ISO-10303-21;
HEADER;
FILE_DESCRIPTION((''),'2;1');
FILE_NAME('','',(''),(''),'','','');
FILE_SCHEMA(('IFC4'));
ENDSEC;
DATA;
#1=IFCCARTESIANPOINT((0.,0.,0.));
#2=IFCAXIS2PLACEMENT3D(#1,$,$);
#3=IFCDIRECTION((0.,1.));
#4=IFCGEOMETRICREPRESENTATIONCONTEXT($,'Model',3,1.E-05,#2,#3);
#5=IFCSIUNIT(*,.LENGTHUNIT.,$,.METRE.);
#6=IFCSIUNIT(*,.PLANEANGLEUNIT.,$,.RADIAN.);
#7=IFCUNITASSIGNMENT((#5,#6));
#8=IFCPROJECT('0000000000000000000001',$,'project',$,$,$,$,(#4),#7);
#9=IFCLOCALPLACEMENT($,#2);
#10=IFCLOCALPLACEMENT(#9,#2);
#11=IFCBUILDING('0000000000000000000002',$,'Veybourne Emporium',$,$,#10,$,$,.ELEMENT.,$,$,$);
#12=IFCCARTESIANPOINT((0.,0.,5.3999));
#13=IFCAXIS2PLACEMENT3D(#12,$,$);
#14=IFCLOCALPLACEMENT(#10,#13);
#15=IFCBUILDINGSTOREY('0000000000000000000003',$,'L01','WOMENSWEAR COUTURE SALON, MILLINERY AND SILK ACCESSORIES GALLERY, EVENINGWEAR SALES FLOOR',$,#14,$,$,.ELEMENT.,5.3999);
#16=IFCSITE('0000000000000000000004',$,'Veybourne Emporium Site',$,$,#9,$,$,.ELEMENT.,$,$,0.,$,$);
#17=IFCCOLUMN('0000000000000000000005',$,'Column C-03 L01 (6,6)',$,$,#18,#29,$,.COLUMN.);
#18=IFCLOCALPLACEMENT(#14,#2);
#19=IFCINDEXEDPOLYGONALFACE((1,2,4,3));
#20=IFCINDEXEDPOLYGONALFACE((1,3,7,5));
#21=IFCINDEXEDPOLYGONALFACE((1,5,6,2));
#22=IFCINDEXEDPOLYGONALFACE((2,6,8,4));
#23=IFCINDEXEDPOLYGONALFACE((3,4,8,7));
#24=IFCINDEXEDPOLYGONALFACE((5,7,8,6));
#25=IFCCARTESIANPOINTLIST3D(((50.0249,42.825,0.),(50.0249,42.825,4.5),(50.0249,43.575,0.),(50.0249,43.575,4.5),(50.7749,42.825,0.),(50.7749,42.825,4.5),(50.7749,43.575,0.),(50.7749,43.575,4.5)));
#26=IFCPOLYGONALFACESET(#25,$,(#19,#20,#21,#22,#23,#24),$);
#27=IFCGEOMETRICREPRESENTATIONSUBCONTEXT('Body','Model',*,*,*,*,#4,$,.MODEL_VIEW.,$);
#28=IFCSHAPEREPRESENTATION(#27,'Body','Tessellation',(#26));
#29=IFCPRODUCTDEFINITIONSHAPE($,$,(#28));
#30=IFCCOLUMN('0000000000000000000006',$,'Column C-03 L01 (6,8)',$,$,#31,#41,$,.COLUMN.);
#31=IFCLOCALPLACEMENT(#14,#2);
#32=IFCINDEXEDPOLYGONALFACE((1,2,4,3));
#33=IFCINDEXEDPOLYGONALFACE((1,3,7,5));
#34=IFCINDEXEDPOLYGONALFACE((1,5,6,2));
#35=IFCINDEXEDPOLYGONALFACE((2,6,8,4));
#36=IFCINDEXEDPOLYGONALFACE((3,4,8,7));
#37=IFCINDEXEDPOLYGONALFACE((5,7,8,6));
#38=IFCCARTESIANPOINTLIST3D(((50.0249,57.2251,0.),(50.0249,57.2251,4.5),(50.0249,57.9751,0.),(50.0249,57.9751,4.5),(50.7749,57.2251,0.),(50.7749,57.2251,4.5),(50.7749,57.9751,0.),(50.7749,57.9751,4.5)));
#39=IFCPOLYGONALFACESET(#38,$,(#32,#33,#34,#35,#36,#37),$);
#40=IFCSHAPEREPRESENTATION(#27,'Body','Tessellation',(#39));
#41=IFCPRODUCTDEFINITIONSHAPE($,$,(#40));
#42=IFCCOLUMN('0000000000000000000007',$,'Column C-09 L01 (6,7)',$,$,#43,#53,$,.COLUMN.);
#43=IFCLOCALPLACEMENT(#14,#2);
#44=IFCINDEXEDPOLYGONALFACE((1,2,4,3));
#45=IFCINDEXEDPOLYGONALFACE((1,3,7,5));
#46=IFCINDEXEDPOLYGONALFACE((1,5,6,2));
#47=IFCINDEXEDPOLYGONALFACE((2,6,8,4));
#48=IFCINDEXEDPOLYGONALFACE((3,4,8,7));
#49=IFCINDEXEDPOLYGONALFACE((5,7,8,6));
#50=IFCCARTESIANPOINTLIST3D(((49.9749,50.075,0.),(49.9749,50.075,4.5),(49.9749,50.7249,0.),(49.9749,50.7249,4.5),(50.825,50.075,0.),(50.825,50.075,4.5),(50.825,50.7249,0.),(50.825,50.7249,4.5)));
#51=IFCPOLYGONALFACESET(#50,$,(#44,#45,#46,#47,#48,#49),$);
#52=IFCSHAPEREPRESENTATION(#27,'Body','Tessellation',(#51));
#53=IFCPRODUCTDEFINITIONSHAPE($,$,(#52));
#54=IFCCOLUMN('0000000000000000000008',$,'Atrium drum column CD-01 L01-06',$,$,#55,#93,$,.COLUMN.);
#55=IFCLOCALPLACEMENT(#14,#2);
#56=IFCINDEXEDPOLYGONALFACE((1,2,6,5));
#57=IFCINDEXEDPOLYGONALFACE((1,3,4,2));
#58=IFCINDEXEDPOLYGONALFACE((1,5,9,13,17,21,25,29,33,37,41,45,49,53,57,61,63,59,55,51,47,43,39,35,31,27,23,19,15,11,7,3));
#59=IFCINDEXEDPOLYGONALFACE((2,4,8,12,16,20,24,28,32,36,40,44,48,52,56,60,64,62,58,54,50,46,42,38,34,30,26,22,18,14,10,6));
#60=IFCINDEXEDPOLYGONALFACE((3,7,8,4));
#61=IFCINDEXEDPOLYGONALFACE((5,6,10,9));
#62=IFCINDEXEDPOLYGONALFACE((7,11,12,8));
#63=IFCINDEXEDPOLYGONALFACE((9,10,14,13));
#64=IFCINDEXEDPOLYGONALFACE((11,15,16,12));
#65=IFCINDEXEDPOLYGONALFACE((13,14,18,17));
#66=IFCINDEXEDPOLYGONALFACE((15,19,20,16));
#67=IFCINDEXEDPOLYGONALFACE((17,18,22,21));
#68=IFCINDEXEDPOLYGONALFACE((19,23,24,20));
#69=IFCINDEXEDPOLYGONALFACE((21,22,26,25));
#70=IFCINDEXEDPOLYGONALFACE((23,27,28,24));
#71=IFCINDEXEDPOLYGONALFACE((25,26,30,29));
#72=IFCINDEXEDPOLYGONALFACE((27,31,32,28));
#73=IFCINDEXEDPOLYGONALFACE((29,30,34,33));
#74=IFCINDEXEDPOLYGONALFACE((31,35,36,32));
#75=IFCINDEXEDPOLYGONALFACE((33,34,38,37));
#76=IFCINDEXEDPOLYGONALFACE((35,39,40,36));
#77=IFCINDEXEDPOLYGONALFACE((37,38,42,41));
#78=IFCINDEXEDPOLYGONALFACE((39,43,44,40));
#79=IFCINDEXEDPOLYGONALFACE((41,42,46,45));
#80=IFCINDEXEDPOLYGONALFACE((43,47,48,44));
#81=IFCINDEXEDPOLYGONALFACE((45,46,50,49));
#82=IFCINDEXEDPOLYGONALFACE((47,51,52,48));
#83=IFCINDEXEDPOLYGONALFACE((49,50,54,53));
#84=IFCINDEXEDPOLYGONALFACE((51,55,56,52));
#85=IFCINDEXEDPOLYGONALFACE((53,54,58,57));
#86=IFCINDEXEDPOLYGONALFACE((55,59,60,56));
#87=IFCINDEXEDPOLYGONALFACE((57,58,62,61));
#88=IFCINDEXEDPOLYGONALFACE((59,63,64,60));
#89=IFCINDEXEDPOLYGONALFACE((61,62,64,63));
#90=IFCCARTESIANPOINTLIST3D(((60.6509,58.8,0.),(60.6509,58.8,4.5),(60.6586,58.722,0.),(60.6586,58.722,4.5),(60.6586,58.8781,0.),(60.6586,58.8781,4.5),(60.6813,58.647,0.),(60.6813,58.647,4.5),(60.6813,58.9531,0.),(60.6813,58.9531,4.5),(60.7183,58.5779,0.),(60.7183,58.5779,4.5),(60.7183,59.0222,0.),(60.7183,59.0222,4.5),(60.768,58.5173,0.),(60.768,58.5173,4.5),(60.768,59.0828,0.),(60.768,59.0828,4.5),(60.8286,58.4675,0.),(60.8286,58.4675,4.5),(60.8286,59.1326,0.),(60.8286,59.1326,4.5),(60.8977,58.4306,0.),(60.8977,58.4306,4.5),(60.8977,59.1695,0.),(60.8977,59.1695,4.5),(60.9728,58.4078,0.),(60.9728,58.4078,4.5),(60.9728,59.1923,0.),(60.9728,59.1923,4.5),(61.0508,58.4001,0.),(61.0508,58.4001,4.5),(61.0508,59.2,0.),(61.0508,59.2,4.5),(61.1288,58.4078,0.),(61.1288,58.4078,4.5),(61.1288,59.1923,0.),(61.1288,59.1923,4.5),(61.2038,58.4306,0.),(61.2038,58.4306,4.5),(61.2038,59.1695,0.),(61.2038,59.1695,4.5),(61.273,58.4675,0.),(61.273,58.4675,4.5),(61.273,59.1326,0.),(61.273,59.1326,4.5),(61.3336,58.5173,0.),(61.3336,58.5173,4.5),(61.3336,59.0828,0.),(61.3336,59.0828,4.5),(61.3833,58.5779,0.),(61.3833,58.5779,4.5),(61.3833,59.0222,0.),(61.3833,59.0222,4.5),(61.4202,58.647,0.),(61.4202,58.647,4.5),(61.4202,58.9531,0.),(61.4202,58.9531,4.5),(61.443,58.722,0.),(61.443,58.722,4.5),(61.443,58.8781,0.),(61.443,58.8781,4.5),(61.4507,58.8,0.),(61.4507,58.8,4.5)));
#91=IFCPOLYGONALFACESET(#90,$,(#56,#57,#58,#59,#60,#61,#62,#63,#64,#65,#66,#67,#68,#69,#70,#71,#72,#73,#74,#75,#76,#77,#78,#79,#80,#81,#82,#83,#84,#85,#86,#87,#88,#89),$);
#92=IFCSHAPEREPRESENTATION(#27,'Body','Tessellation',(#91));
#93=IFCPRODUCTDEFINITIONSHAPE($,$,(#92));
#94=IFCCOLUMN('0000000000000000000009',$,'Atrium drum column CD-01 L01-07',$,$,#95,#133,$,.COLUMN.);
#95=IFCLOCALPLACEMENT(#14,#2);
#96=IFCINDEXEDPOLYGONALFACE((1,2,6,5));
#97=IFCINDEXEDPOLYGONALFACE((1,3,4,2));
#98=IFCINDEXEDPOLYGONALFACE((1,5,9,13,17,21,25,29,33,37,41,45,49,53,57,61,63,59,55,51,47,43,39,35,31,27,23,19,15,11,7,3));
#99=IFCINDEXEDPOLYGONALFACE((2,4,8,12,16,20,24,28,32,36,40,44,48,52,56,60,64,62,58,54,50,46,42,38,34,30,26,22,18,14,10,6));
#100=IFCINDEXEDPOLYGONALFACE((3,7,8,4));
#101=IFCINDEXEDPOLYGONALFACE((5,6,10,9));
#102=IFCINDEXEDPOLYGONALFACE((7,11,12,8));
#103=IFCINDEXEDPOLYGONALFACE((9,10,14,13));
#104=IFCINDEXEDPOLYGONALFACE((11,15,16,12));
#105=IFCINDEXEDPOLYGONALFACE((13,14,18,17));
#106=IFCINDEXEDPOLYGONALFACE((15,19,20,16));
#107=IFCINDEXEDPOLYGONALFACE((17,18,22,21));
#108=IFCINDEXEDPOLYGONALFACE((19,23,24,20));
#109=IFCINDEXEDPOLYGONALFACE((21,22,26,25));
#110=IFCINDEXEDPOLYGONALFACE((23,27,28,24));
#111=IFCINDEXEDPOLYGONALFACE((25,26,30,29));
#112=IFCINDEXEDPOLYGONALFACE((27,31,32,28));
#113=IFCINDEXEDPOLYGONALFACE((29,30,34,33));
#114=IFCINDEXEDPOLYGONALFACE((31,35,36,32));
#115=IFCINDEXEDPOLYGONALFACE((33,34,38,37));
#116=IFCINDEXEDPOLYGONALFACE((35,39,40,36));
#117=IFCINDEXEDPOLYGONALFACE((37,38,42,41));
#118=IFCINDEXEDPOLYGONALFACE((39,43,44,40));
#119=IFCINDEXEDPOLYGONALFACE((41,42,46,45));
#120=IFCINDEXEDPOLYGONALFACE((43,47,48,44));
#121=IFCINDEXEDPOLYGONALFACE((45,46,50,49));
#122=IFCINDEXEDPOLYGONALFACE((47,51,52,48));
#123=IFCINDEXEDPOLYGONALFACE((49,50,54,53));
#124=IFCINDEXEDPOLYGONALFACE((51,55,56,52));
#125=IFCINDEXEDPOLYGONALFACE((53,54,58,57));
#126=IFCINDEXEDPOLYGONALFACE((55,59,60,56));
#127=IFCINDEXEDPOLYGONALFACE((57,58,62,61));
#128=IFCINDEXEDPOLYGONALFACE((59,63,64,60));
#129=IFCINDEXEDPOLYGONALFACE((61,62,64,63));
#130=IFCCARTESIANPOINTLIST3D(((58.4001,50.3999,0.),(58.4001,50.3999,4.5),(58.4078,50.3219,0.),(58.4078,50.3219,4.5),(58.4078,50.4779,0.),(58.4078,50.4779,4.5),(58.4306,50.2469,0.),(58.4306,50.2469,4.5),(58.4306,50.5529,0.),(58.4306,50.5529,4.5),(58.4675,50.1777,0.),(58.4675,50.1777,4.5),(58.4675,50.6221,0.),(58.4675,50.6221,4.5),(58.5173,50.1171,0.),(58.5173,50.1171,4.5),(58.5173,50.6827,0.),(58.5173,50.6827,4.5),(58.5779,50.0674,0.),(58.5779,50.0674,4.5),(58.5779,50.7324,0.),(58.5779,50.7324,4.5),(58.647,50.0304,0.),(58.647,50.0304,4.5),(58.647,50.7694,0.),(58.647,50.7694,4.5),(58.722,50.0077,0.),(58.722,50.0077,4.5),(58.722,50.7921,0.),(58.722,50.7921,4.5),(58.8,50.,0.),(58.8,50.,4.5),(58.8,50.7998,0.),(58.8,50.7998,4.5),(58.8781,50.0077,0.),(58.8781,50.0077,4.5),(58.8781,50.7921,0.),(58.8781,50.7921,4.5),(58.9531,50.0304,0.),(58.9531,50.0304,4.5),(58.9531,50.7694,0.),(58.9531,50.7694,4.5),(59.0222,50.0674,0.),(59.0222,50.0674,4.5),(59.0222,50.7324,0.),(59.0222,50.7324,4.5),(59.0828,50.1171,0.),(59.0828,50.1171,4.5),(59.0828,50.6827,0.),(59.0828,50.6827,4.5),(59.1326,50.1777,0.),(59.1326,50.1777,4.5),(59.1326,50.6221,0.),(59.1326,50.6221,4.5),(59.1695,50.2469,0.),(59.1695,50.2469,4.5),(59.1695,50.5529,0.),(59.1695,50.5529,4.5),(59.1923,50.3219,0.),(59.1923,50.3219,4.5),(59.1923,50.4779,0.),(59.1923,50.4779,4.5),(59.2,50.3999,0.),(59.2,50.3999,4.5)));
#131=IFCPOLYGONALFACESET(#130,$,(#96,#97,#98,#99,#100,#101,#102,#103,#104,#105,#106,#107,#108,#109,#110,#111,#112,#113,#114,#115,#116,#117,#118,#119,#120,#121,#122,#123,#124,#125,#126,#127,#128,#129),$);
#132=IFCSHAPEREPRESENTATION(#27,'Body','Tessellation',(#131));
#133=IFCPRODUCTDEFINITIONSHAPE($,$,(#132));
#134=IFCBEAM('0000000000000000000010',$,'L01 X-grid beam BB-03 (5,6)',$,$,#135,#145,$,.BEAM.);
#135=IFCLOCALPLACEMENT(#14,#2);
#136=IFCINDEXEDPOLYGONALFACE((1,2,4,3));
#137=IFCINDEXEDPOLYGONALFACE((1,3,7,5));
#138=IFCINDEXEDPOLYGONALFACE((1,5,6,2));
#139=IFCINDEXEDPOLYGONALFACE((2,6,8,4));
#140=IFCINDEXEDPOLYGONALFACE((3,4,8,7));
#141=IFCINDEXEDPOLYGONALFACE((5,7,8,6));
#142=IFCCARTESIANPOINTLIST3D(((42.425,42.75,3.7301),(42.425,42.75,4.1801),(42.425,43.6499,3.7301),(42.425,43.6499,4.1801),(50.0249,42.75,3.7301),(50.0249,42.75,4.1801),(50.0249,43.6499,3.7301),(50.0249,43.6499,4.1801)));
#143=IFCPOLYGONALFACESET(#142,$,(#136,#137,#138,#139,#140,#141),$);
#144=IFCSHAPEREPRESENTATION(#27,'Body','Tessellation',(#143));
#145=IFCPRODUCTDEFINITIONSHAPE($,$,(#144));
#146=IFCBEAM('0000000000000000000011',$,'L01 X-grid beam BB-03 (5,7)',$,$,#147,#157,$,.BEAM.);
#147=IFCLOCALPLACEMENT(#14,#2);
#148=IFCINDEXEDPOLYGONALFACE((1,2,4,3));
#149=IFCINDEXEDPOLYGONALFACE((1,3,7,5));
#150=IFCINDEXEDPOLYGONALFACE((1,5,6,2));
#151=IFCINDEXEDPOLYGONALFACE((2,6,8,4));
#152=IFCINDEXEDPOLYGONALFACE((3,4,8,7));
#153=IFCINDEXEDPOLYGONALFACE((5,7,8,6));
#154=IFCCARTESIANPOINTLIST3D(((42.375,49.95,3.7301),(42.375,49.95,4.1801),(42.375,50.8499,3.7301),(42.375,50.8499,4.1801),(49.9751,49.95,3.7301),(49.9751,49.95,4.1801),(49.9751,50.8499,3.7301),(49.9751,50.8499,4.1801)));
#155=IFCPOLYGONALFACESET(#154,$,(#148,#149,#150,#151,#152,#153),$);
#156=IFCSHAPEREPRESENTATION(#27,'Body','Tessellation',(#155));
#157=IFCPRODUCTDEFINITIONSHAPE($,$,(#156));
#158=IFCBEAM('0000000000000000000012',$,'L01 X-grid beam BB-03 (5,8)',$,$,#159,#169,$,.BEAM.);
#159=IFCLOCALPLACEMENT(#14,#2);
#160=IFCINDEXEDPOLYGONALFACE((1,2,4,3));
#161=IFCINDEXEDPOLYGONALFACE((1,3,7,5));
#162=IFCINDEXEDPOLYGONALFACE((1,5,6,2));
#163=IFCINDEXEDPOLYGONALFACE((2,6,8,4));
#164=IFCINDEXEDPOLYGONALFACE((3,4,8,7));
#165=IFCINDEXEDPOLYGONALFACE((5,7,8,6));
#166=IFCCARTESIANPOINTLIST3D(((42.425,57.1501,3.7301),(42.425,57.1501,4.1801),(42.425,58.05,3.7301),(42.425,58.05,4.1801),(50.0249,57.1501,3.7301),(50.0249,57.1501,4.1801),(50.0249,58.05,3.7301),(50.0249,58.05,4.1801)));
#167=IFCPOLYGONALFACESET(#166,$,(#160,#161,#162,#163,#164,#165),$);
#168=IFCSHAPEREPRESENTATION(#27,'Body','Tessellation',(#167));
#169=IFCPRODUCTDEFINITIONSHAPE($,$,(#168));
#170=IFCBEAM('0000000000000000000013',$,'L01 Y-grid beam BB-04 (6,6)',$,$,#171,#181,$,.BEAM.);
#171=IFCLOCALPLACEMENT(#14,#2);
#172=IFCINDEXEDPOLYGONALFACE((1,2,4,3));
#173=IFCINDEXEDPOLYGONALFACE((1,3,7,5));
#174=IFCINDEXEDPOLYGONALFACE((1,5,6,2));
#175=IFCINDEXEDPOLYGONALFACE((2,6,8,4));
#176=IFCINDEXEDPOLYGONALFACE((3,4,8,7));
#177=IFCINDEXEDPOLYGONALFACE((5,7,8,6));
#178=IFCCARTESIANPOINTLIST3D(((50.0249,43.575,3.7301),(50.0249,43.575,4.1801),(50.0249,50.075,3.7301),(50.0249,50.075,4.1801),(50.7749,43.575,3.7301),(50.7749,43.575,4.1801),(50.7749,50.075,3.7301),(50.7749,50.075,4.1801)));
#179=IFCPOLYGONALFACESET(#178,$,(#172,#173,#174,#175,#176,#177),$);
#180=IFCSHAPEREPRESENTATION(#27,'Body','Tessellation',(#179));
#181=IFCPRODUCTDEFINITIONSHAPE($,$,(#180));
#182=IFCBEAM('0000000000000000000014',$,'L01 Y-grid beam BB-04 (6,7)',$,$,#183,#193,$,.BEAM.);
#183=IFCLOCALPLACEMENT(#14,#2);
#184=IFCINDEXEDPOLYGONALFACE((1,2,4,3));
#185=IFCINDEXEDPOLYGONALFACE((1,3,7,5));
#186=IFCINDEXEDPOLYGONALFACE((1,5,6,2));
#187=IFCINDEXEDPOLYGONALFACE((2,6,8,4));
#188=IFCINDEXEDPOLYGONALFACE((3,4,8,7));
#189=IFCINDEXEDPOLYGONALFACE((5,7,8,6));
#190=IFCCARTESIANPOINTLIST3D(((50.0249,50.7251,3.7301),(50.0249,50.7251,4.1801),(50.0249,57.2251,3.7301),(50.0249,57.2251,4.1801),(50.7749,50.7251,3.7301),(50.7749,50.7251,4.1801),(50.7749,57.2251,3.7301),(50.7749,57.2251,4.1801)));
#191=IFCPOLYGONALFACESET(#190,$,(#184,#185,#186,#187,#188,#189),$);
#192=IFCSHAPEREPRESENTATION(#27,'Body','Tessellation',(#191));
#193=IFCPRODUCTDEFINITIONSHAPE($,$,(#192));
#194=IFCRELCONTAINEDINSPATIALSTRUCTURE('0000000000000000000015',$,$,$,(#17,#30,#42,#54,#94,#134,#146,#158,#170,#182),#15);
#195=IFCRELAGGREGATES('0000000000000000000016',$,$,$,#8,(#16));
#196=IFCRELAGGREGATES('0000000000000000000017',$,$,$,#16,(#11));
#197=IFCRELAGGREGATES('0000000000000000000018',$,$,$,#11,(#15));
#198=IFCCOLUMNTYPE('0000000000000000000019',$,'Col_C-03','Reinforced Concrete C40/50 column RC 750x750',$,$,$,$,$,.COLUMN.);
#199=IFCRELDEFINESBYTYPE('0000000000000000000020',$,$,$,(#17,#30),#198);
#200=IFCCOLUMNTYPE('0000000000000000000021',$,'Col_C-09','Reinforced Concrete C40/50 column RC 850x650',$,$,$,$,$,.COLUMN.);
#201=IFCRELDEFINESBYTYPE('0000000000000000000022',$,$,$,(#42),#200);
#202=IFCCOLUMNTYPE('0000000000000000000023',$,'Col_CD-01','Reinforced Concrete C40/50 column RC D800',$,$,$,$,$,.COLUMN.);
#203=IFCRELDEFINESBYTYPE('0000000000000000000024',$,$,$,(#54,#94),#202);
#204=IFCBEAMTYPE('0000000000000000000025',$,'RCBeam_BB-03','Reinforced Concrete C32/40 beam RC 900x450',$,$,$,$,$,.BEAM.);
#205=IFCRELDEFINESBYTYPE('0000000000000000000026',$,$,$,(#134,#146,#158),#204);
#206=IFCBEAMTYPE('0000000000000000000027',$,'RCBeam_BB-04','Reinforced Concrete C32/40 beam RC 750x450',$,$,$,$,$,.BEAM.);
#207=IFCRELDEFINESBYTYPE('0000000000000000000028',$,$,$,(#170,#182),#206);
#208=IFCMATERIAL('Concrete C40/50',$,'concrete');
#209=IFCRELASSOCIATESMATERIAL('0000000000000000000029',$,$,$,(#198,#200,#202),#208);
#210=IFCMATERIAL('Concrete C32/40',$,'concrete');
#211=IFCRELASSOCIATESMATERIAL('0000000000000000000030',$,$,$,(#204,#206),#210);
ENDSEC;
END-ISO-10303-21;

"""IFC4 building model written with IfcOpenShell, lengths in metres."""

from ifc_helpers import new_model, si_unit, direction, frame, origin, origin_2d, place, context, subcontext, project, spatial, rectangle, circle, extrude, material, material_profile, profile_set, type_object, element, save


model = new_model("IFC4")

# Units and contexts
model_context = context("Model", 3, precision=1e-05, world=origin(), true_north=direction((0.0, 1.0)))
body_context = subcontext(model_context, "Body", "Model", "MODEL_VIEW")
ifc_project = project(units=[si_unit("LENGTHUNIT", "METRE"), si_unit("PLANEANGLEUNIT", "RADIAN")], contexts=[model_context])

# Site, building, storey
site_placement = place(None, origin())
site = spatial("IfcSite", under=ifc_project, at=site_placement, Name="Veybourne Emporium Site", CompositionType="ELEMENT", RefElevation=0.0)
building_placement = place(site_placement, origin())
building = spatial("IfcBuilding", under=site, at=building_placement, Name="Veybourne Emporium", CompositionType="ELEMENT")
storey_placement = place(building_placement, frame((0.0, 0.0, 5.3999)))
storey = spatial("IfcBuildingStorey", under=building, at=storey_placement, Name="L01", Description="WOMENSWEAR COUTURE SALON, MILLINERY AND SILK ACCESSORIES GALLERY, EVENINGWEAR SALES FLOOR", CompositionType="ELEMENT", Elevation=5.3999)

# Columns
ifc_material_1 = material(Name="Concrete C40/50", Category="concrete")
ifc_material_profile_1 = material_profile(ifc_material_1, rectangle(XDim=0.75, YDim=0.75, at=origin_2d()), Name="RC 750x750")
ifc_profile_set_1 = profile_set([ifc_material_profile_1], Name="Concrete C40/50")
column_type_1 = type_object("IfcColumnType", Name="Col_C-03", Description="Reinforced Concrete C40/50 column RC 750x750", PredefinedType="COLUMN", material=ifc_profile_set_1)
for number, where, z_axis, x_axis, name in (
    (1, (50.3999, 43.2, 0.0), (0.0, 0.0, 1.0), (1.0, 0.0, 0.0), "Column C-03 L01 (6,6)"),
    (2, (50.3999, 57.6001, 0.0), (0.0, 0.0, 1.0), (1.0, 0.0, 0.0), "Column C-03 L01 (6,8)"),
):
    element("IfcColumn", number, at=place(storey_placement, frame(where, z_axis=z_axis, x_axis=x_axis)), inside=storey, type_object=column_type_1, Name=name, PredefinedType="COLUMN", context=body_context, shape_type="SweptSolid", body=[
        extrude(rectangle(XDim=0.75, YDim=0.75, at=origin_2d()), origin(), (0.0, 0.0, 1.0), 4.5),
    ])
ifc_material_profile_2 = material_profile(ifc_material_1, rectangle(XDim=0.8501, YDim=0.6499, at=origin_2d()), Name="RC 850x650")
ifc_profile_set_2 = profile_set([ifc_material_profile_2], Name="Concrete C40/50")
column_type_2 = type_object("IfcColumnType", Name="Col_C-09", Description="Reinforced Concrete C40/50 column RC 850x650", PredefinedType="COLUMN", material=ifc_profile_set_2)
column_placement = place(storey_placement, frame((50.3999, 50.3999, 0.0), z_axis=(0.0, 0.0, 1.0), x_axis=(1.0, 0.0, 0.0)))
element("IfcColumn", 3, at=column_placement, inside=storey, type_object=column_type_2, Name="Column C-09 L01 (6,7)", PredefinedType="COLUMN", context=body_context, shape_type="SweptSolid", body=[
    extrude(rectangle(XDim=0.8501, YDim=0.6499, at=origin_2d()), origin(), (0.0, 0.0, 1.0), 4.5),
])
ifc_material_profile_3 = material_profile(ifc_material_1, circle(Radius=0.3999, at=origin_2d()), Name="RC D800")
ifc_profile_set_3 = profile_set([ifc_material_profile_3], Name="Concrete C40/50")
column_type_3 = type_object("IfcColumnType", Name="Col_CD-01", Description="Reinforced Concrete C40/50 column RC D800", PredefinedType="COLUMN", material=ifc_profile_set_3)
for number, where, z_axis, x_axis, name in (
    (4, (61.0508, 58.8, 0.0), (0.0, 0.0, 1.0), (1.0, 0.0, 0.0), "Atrium drum column CD-01 L01-06"),
    (5, (58.8, 50.3999, 0.0), (0.0, 0.0, 1.0), (1.0, 0.0, 0.0), "Atrium drum column CD-01 L01-07"),
):
    element("IfcColumn", number, at=place(storey_placement, frame(where, z_axis=z_axis, x_axis=x_axis)), inside=storey, type_object=column_type_3, Name=name, PredefinedType="COLUMN", context=body_context, shape_type="SweptSolid", body=[
        extrude(circle(Radius=0.3999, at=origin_2d()), origin(), (0.0, 0.0, 1.0), 4.5),
    ])

# Beams
ifc_material_2 = material(Name="Concrete C32/40", Category="concrete")
ifc_material_profile_4 = material_profile(ifc_material_2, rectangle(XDim=0.8999, YDim=0.45, at=origin_2d()), Name="RC 900x450")
ifc_profile_set_4 = profile_set([ifc_material_profile_4], Name="Concrete C32/40")
beam_type_1 = type_object("IfcBeamType", Name="RCBeam_BB-03", Description="Reinforced Concrete C32/40 beam RC 900x450", PredefinedType="BEAM", material=ifc_profile_set_4)
beam_1_placement = place(storey_placement, frame((42.425, 43.2, 3.9551), z_axis=(1.0, 0.0, 0.0), x_axis=(0.0, 1.0, 0.0)))
element("IfcBeam", 6, at=beam_1_placement, inside=storey, type_object=beam_type_1, Name="L01 X-grid beam BB-03 (5,6)", PredefinedType="BEAM", context=body_context, shape_type="SweptSolid", body=[
    extrude(rectangle(XDim=0.8999, YDim=0.45, at=origin_2d()), origin(), (0.0, 0.0, 1.0), 7.5999),
])
beam_2_placement = place(storey_placement, frame((42.375, 50.3999, 3.9551), z_axis=(1.0, 0.0, 0.0), x_axis=(0.0, 1.0, 0.0)))
element("IfcBeam", 7, at=beam_2_placement, inside=storey, type_object=beam_type_1, Name="L01 X-grid beam BB-03 (5,7)", PredefinedType="BEAM", context=body_context, shape_type="SweptSolid", body=[
    extrude(rectangle(XDim=0.8999, YDim=0.45, at=origin_2d()), origin(), (0.0, 0.0, 1.0), 7.6001),
])
beam_3_placement = place(storey_placement, frame((42.425, 57.6001, 3.9551), z_axis=(1.0, 0.0, 0.0), x_axis=(0.0, 1.0, 0.0)))
element("IfcBeam", 8, at=beam_3_placement, inside=storey, type_object=beam_type_1, Name="L01 X-grid beam BB-03 (5,8)", PredefinedType="BEAM", context=body_context, shape_type="SweptSolid", body=[
    extrude(rectangle(XDim=0.8999, YDim=0.45, at=origin_2d()), origin(), (0.0, 0.0, 1.0), 7.5999),
])
ifc_material_profile_5 = material_profile(ifc_material_2, rectangle(XDim=0.75, YDim=0.45, at=origin_2d()), Name="RC 750x450")
ifc_profile_set_5 = profile_set([ifc_material_profile_5], Name="Concrete C32/40")
beam_type_2 = type_object("IfcBeamType", Name="RCBeam_BB-04", Description="Reinforced Concrete C32/40 beam RC 750x450", PredefinedType="BEAM", material=ifc_profile_set_5)
for number, where, z_axis, x_axis, name in (
    (9, (50.3999, 43.575, 3.9551), (0.0, 1.0, 0.0), (-1.0, 0.0, 0.0), "L01 Y-grid beam BB-04 (6,6)"),
    (10, (50.3999, 50.7251, 3.9551), (0.0, 1.0, 0.0), (-1.0, 0.0, 0.0), "L01 Y-grid beam BB-04 (6,7)"),
):
    element("IfcBeam", number, at=place(storey_placement, frame(where, z_axis=z_axis, x_axis=x_axis)), inside=storey, type_object=beam_type_2, Name=name, PredefinedType="BEAM", context=body_context, shape_type="SweptSolid", body=[
        extrude(rectangle(XDim=0.75, YDim=0.45, at=origin_2d()), origin(), (0.0, 0.0, 1.0), 6.5),
    ])

save(model, "model.ifc")
